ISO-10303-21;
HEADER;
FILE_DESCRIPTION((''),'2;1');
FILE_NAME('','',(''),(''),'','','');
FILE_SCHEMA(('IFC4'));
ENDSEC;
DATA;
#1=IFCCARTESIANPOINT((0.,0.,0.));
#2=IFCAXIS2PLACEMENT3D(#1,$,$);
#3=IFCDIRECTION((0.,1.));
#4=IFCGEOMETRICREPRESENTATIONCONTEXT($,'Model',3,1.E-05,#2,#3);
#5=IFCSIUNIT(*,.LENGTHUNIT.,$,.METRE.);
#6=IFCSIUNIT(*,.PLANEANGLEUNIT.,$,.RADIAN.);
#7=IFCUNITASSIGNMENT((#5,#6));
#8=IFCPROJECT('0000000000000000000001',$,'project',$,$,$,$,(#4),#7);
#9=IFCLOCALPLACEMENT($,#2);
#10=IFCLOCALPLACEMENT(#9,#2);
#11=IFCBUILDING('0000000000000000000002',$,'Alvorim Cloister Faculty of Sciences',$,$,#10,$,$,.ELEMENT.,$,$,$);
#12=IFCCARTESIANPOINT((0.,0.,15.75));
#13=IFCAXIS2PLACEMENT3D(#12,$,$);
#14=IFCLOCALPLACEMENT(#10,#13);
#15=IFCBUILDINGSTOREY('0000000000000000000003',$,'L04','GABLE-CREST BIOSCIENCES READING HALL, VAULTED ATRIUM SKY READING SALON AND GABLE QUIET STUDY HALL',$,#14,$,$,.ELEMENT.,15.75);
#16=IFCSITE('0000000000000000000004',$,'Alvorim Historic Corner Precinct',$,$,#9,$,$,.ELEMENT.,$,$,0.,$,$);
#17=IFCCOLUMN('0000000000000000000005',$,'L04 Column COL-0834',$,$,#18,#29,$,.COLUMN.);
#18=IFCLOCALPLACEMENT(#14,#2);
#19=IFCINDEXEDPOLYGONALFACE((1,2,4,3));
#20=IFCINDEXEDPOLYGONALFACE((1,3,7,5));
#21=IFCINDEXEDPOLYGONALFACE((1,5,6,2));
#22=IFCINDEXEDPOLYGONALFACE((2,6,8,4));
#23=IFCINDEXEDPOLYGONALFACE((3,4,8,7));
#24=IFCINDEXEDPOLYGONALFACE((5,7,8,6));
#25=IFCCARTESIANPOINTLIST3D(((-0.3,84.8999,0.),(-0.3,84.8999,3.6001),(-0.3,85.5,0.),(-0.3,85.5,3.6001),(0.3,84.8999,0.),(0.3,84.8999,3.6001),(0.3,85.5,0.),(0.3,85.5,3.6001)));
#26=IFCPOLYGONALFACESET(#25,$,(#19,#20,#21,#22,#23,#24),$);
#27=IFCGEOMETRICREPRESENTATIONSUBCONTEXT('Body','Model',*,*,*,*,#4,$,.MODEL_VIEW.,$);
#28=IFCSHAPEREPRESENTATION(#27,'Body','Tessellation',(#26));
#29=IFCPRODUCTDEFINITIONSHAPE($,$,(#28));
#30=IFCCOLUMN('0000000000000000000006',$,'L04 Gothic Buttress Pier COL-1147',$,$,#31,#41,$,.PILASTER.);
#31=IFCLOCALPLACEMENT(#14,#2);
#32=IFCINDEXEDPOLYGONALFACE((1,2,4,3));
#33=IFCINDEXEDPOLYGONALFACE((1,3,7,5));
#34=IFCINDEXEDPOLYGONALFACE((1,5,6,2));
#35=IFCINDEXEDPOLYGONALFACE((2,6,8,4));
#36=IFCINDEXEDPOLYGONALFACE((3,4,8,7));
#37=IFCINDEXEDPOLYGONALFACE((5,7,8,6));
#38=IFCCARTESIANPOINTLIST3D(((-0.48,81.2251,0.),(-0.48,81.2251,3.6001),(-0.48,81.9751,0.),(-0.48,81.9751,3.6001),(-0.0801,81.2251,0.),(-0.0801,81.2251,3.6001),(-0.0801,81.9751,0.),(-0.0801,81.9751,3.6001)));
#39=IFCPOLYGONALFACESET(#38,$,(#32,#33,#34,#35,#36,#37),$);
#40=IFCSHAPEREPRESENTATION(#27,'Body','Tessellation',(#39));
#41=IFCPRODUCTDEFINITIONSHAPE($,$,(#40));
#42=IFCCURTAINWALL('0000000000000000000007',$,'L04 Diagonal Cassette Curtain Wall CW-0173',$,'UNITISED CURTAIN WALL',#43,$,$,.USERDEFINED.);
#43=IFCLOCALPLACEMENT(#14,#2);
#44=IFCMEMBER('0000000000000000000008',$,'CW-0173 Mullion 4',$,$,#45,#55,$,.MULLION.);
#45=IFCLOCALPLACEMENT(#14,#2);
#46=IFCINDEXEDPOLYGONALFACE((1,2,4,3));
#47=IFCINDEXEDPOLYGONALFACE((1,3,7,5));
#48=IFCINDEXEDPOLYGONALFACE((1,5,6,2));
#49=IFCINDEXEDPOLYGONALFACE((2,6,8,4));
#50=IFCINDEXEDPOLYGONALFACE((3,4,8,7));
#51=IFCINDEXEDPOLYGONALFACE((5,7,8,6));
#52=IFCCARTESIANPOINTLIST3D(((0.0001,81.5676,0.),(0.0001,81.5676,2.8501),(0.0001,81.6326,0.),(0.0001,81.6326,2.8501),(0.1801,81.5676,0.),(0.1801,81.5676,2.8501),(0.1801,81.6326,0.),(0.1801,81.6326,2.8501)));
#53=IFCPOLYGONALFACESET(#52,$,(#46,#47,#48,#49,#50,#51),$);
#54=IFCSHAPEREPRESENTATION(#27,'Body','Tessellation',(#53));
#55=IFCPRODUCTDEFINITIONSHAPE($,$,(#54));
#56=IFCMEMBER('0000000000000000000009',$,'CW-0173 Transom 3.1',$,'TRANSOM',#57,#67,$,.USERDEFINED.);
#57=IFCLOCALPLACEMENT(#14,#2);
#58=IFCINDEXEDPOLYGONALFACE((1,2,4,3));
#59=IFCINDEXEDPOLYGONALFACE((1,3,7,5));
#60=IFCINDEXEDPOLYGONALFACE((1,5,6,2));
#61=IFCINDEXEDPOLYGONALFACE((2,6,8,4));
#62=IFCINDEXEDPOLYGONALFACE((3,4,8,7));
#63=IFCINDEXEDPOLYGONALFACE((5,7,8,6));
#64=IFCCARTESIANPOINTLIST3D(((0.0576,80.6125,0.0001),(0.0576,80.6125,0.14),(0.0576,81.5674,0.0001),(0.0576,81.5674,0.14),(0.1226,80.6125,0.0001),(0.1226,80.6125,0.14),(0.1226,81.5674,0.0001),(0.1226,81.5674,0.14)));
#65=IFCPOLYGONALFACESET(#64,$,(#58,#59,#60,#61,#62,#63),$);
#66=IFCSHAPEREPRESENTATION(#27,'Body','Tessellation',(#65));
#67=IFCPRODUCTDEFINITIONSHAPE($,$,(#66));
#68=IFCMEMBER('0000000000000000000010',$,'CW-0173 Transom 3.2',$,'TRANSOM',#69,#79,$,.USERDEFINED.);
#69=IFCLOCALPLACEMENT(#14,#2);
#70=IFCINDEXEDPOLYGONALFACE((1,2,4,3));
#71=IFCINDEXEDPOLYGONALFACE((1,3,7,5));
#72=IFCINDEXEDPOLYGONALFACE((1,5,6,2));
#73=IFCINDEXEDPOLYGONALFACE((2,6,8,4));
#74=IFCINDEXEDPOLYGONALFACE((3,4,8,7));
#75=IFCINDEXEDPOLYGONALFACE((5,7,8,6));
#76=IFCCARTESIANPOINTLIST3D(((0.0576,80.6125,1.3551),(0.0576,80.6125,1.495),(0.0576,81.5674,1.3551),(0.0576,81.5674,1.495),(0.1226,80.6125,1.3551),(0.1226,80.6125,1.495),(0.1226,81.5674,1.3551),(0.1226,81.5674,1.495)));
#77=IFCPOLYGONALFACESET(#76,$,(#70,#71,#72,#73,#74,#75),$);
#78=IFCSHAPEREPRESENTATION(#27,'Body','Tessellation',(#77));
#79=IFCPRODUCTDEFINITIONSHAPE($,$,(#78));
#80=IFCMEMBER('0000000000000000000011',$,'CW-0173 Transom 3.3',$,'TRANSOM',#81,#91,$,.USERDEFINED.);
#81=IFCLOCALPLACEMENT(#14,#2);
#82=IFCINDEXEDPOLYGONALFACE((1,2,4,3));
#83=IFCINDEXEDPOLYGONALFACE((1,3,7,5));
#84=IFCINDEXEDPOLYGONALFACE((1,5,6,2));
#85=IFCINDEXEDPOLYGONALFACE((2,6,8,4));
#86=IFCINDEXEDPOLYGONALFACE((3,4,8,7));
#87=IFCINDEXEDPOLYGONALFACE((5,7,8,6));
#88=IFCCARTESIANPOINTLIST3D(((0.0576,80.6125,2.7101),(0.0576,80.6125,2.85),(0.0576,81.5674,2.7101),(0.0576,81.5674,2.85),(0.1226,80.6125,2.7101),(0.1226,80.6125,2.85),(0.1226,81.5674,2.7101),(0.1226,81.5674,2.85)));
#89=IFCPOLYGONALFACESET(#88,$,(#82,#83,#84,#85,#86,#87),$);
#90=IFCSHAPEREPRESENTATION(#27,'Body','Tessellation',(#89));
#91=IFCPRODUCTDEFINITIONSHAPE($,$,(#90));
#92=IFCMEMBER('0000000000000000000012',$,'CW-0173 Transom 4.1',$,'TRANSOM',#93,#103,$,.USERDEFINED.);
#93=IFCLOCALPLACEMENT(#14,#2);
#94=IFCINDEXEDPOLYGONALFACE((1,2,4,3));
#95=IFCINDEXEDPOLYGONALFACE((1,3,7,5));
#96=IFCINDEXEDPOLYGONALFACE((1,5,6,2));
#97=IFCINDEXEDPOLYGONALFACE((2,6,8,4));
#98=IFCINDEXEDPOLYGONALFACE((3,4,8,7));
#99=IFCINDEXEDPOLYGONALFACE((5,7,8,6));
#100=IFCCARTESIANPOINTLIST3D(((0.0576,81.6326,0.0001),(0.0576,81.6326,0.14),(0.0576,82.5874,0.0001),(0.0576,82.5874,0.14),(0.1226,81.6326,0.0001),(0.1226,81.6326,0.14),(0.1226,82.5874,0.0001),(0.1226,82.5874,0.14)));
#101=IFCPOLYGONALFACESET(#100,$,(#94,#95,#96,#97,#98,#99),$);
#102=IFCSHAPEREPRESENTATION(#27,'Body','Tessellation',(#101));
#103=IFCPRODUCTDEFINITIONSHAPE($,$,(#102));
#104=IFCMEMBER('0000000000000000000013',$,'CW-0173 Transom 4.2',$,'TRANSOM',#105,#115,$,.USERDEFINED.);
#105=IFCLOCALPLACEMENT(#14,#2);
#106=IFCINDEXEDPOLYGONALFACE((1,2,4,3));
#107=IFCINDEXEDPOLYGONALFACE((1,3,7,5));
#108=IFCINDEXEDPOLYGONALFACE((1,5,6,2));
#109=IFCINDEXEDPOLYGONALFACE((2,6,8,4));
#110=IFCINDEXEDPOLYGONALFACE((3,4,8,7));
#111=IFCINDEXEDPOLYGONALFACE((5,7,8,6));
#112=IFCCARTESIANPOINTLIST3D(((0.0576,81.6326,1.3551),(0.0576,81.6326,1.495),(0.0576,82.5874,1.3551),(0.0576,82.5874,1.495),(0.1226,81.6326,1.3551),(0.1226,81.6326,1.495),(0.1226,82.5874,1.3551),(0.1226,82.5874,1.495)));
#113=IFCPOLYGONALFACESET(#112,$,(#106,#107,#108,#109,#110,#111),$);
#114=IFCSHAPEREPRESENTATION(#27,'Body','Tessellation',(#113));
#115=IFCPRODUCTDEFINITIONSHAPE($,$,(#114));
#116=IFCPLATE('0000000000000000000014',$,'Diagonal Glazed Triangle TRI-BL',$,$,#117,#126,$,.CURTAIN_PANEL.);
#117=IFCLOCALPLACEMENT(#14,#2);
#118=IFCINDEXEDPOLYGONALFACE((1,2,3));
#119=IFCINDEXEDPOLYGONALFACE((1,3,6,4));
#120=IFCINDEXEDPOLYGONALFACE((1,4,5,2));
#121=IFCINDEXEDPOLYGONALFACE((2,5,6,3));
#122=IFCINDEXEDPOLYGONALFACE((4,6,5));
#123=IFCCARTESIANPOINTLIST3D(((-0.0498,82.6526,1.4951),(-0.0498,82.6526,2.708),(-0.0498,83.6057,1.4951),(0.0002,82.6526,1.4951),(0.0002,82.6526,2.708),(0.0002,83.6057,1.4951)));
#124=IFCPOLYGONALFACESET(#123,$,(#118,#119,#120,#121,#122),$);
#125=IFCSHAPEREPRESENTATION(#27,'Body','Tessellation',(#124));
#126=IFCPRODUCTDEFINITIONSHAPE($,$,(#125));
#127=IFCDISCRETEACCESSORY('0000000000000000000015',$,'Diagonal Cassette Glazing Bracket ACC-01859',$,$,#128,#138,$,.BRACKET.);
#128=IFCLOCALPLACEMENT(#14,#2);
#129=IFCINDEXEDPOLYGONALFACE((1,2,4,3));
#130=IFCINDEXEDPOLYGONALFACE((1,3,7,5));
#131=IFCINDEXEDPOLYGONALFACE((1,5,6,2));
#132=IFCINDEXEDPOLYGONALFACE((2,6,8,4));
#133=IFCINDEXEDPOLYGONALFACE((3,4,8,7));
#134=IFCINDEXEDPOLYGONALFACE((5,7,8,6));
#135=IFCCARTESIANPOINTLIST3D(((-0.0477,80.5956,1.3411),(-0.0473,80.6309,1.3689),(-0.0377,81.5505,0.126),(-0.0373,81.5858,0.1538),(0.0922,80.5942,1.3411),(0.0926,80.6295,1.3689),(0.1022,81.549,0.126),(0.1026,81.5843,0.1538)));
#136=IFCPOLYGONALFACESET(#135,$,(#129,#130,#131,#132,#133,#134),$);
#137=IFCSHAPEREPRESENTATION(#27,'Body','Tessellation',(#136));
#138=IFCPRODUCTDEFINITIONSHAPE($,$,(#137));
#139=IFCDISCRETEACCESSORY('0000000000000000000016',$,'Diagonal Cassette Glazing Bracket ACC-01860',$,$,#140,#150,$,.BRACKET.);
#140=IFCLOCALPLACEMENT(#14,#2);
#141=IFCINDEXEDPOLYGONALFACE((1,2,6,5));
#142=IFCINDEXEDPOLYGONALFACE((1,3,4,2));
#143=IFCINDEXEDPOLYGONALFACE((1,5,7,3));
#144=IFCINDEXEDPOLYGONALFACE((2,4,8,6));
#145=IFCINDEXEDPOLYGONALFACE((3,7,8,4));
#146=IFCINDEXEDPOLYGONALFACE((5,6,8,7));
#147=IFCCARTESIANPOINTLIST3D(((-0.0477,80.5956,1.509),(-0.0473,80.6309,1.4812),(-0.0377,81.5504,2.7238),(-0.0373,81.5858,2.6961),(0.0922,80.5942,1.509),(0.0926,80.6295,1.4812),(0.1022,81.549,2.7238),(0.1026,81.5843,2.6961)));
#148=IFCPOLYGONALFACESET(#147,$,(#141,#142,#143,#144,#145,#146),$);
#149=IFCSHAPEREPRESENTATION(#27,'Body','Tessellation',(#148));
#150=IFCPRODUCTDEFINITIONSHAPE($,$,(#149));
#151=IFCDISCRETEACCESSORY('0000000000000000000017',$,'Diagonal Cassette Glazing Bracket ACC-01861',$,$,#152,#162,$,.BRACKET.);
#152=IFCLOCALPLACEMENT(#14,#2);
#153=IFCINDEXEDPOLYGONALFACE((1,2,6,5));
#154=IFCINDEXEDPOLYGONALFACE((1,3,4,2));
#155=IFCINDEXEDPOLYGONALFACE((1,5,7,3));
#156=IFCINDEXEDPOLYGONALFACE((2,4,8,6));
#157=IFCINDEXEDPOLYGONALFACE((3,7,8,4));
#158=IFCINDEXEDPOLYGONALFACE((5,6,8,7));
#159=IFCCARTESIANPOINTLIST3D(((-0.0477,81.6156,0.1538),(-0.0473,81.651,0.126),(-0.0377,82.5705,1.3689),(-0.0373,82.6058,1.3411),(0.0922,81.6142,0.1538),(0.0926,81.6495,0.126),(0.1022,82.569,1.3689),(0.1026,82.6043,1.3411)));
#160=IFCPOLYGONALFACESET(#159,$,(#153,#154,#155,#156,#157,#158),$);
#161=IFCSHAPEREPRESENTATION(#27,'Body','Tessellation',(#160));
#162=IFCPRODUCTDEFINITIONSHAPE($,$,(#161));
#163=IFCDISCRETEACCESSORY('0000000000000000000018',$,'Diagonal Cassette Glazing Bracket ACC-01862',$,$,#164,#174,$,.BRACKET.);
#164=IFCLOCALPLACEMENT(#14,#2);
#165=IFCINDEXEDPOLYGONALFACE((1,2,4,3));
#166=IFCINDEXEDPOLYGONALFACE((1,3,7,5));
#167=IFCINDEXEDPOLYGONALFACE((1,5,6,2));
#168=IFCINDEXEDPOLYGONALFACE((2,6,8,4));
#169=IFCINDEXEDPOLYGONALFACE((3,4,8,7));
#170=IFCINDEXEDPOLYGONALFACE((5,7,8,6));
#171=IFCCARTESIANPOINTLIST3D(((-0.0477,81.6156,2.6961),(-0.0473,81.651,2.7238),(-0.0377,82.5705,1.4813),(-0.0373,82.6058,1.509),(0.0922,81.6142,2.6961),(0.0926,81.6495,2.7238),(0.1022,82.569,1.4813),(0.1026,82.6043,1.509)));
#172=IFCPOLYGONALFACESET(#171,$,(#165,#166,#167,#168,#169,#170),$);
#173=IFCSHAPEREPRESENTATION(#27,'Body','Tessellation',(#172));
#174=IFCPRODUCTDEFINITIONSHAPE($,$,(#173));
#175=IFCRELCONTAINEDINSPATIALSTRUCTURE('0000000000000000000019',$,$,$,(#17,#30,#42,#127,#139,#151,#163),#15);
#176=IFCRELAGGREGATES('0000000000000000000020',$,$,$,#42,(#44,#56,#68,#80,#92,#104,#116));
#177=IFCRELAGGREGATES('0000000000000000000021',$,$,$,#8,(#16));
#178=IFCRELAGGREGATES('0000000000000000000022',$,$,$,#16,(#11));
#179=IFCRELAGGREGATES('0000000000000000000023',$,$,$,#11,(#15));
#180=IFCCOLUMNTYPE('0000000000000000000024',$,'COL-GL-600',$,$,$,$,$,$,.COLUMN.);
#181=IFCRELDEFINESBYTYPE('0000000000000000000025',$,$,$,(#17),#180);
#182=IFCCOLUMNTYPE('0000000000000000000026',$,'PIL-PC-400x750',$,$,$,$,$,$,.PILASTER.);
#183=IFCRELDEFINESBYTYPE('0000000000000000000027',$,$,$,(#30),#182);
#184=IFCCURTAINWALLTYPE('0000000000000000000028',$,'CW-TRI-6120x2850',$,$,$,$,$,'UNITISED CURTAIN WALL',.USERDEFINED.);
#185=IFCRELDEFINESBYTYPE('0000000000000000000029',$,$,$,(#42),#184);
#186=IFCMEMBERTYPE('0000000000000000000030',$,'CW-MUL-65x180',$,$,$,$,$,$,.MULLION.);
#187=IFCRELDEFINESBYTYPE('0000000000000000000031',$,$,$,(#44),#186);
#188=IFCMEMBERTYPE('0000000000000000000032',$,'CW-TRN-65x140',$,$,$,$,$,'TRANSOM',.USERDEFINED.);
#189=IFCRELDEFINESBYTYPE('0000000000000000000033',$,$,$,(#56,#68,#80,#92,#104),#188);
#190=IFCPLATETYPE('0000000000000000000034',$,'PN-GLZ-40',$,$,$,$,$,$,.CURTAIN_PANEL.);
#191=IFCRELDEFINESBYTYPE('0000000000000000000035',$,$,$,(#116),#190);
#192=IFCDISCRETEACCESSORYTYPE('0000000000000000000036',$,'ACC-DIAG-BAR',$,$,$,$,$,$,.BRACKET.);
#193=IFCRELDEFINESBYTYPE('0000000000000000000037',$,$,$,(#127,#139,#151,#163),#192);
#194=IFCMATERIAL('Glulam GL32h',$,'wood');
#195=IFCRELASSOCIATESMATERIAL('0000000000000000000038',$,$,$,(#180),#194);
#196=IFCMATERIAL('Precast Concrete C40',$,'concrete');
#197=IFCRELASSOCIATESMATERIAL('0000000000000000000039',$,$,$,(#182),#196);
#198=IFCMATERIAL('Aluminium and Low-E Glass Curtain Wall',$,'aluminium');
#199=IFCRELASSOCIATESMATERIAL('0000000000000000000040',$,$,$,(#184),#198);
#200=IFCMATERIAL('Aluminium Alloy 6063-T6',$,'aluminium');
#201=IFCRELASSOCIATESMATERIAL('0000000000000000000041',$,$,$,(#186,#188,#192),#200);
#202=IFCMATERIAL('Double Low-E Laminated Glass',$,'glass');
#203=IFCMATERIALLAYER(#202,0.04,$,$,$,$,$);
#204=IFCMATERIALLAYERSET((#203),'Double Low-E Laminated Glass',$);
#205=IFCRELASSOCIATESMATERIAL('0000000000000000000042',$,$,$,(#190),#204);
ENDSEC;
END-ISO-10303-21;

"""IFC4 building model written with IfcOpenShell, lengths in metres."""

from ifc_helpers import new_model, si_unit, direction, frame, origin, origin_2d, place, context, subcontext, project, spatial, polyline, rectangle, outline, extrude, material, layer, layer_set, material_profile, profile_set, type_object, element, aggregate, save


model = new_model("IFC4")

# Units and contexts
model_context = context("Model", 3, precision=1e-05, world=origin(), true_north=direction((0.0, 1.0)))
body_context = subcontext(model_context, "Body", "Model", "MODEL_VIEW")
ifc_project = project(units=[si_unit("LENGTHUNIT", "METRE"), si_unit("PLANEANGLEUNIT", "RADIAN")], contexts=[model_context])

# Site, building, storey
site_placement = place(None, origin())
site = spatial("IfcSite", under=ifc_project, at=site_placement, Name="Alvorim Historic Corner Precinct", CompositionType="ELEMENT", RefElevation=0.0)
building_placement = place(site_placement, origin())
building = spatial("IfcBuilding", under=site, at=building_placement, Name="Alvorim Cloister Faculty of Sciences", CompositionType="ELEMENT")
storey_placement = place(building_placement, frame((0.0, 0.0, 15.75)))
storey = spatial("IfcBuildingStorey", under=building, at=storey_placement, Name="L04", Description="GABLE-CREST BIOSCIENCES READING HALL, VAULTED ATRIUM SKY READING SALON AND GABLE QUIET STUDY HALL", CompositionType="ELEMENT", Elevation=15.75)

# Columns
ifc_material_1 = material(Name="Glulam GL32h", Category="wood")
ifc_material_profile_1 = material_profile(ifc_material_1, rectangle(XDim=0.6001, YDim=0.6001, at=origin_2d()), Name="GL32-COL-600x600")
ifc_profile_set_1 = profile_set([ifc_material_profile_1], Name="Glulam GL32h")
column_type_1 = type_object("IfcColumnType", Name="COL-GL-600", PredefinedType="COLUMN", material=ifc_profile_set_1)
column_1_placement = place(storey_placement, frame((0.0, 85.2, 0.0), z_axis=(0.0, 0.0, 1.0), x_axis=(1.0, 0.0, 0.0)))
element("IfcColumn", 1, at=column_1_placement, inside=storey, type_object=column_type_1, Name="L04 Column COL-0834", PredefinedType="COLUMN", context=body_context, shape_type="SweptSolid", body=[
    extrude(rectangle(XDim=0.6001, YDim=0.6001, at=origin_2d()), origin(), (0.0, 0.0, 1.0), 3.6001),
])
ifc_material_2 = material(Name="Precast Concrete C40", Category="concrete")
ifc_material_profile_2 = material_profile(ifc_material_2, rectangle(XDim=0.3999, YDim=0.75, at=origin_2d()), Name="RC40-PIL-400x750")
ifc_profile_set_2 = profile_set([ifc_material_profile_2], Name="Precast Concrete C40")
column_type_2 = type_object("IfcColumnType", Name="PIL-PC-400x750", PredefinedType="PILASTER", material=ifc_profile_set_2)
column_2_placement = place(storey_placement, frame((-0.28, 81.6001, 0.0), z_axis=(0.0, 0.0, 1.0), x_axis=(1.0, 0.0, 0.0)))
element("IfcColumn", 2, at=column_2_placement, inside=storey, type_object=column_type_2, Name="L04 Gothic Buttress Pier COL-1147", PredefinedType="PILASTER", context=body_context, shape_type="SweptSolid", body=[
    extrude(rectangle(XDim=0.3999, YDim=0.75, at=origin_2d()), origin(), (0.0, 0.0, 1.0), 3.6001),
])

# Curtain wall, members, plate
ifc_material_3 = material(Name="Aluminium and Low-E Glass Curtain Wall", Category="aluminium")
curtain_wall_type = type_object("IfcCurtainWallType", Name="CW-TRI-6120x2850", ElementType="UNITISED CURTAIN WALL", PredefinedType="USERDEFINED", material=ifc_material_3)
curtain_wall_placement = place(storey_placement, origin())
curtain_wall = element("IfcCurtainWall", 3, at=curtain_wall_placement, inside=storey, type_object=curtain_wall_type, Name="L04 Diagonal Cassette Curtain Wall CW-0173", ObjectType="UNITISED CURTAIN WALL", PredefinedType="USERDEFINED")
ifc_material_4 = material(Name="Aluminium Alloy 6063-T6", Category="aluminium")
ifc_material_profile_3 = material_profile(ifc_material_4, rectangle(XDim=0.0649, YDim=0.1799, at=origin_2d()), Name="ALU-MUL-65x180")
ifc_profile_set_3 = profile_set([ifc_material_profile_3], Name="Aluminium Alloy 6063-T6")
member_type_1 = type_object("IfcMemberType", Name="CW-MUL-65x180", PredefinedType="MULLION", material=ifc_profile_set_3)
member_1_placement = place(storey_placement, frame((0.0901, 81.6001, 0.0), z_axis=(0.0, 0.0, 1.0), x_axis=(0.0, 1.0, 0.0)))
member_1 = element("IfcMember", 4, at=member_1_placement, type_object=member_type_1, Name="CW-0173 Mullion 4", PredefinedType="MULLION", context=body_context, shape_type="SweptSolid", body=[
    extrude(rectangle(XDim=0.0649, YDim=0.1799, at=origin_2d()), origin(), (0.0, 0.0, 1.0), 2.8501),
])
ifc_material_profile_4 = material_profile(ifc_material_4, rectangle(XDim=0.0649, YDim=0.1399, at=origin_2d()), Name="ALU-TRN-65x140")
ifc_profile_set_4 = profile_set([ifc_material_profile_4], Name="Aluminium Alloy 6063-T6")
member_type_2 = type_object("IfcMemberType", Name="CW-TRN-65x140", ElementType="TRANSOM", PredefinedType="USERDEFINED", material=ifc_profile_set_4)
member_2_placement = place(storey_placement, frame((0.0901, 80.6125, 0.0701), z_axis=(0.0, 1.0, 0.0), x_axis=(-1.0, 0.0, 0.0)))
member_2 = element("IfcMember", 5, at=member_2_placement, type_object=member_type_2, Name="CW-0173 Transom 3.1", ObjectType="TRANSOM", PredefinedType="USERDEFINED", context=body_context, shape_type="SweptSolid", body=[
    extrude(rectangle(XDim=0.0649, YDim=0.1399, at=origin_2d()), origin(), (0.0, 0.0, 1.0), 0.9548),
])
member_3_placement = place(storey_placement, frame((0.0901, 80.6125, 1.425), z_axis=(0.0, 1.0, 0.0), x_axis=(-1.0, 0.0, 0.0)))
member_3 = element("IfcMember", 6, at=member_3_placement, type_object=member_type_2, Name="CW-0173 Transom 3.2", ObjectType="TRANSOM", PredefinedType="USERDEFINED", context=body_context, shape_type="SweptSolid", body=[
    extrude(rectangle(XDim=0.0649, YDim=0.1399, at=origin_2d()), origin(), (0.0, 0.0, 1.0), 0.9548),
])
member_4_placement = place(storey_placement, frame((0.0901, 80.6125, 2.78), z_axis=(0.0, 1.0, 0.0), x_axis=(-1.0, 0.0, 0.0)))
member_4 = element("IfcMember", 7, at=member_4_placement, type_object=member_type_2, Name="CW-0173 Transom 3.3", ObjectType="TRANSOM", PredefinedType="USERDEFINED", context=body_context, shape_type="SweptSolid", body=[
    extrude(rectangle(XDim=0.0649, YDim=0.1399, at=origin_2d()), origin(), (0.0, 0.0, 1.0), 0.9548),
])
member_5_placement = place(storey_placement, frame((0.0901, 81.6326, 0.0701), z_axis=(0.0, 1.0, 0.0), x_axis=(-1.0, 0.0, 0.0)))
member_5 = element("IfcMember", 8, at=member_5_placement, type_object=member_type_2, Name="CW-0173 Transom 4.1", ObjectType="TRANSOM", PredefinedType="USERDEFINED", context=body_context, shape_type="SweptSolid", body=[
    extrude(rectangle(XDim=0.0649, YDim=0.1399, at=origin_2d()), origin(), (0.0, 0.0, 1.0), 0.9548),
])
member_6_placement = place(storey_placement, frame((0.0901, 81.6326, 1.425), z_axis=(0.0, 1.0, 0.0), x_axis=(-1.0, 0.0, 0.0)))
member_6 = element("IfcMember", 9, at=member_6_placement, type_object=member_type_2, Name="CW-0173 Transom 4.2", ObjectType="TRANSOM", PredefinedType="USERDEFINED", context=body_context, shape_type="SweptSolid", body=[
    extrude(rectangle(XDim=0.0649, YDim=0.1399, at=origin_2d()), origin(), (0.0, 0.0, 1.0), 0.9548),
])
ifc_material_5 = material(Name="Double Low-E Laminated Glass", Category="glass")
ifc_layer = layer(ifc_material_5, 0.04)
ifc_layer_set = layer_set([ifc_layer], Name="Double Low-E Laminated Glass")
plate_type = type_object("IfcPlateType", Name="PN-GLZ-40", PredefinedType="CURTAIN_PANEL", material=ifc_layer_set)
plate_1_placement = place(storey_placement, frame((-0.0249, 82.6526, 1.4951), z_axis=(0.0, 0.0, 1.0), x_axis=(0.0, 1.0, 0.0)))
plate_1 = element("IfcPlate", 10, at=plate_1_placement, type_object=plate_type, Name="Diagonal Glazed Triangle TRI-BL", PredefinedType="CURTAIN_PANEL", context=body_context, shape_type="SweptSolid", body=[
    extrude(outline(polyline([(0.0, 0.0), (0.9531, 0.0), (0.0, 1.2129), (0.0, 0.0)])), frame((0.0, 0.0249, 0.0), z_axis=(0.0, -1.0, 0.0), x_axis=(1.0, 0.0, 0.0)), (0.0, 0.0, 1.0), 0.05),
])
aggregate(curtain_wall, [member_1, member_2, member_3, member_4, member_5, member_6, plate_1])

# Discrete accessories
discrete_accessory_type = type_object("IfcDiscreteAccessoryType", Name="ACC-DIAG-BAR", PredefinedType="BRACKET", material=ifc_material_4)
discrete_accessory_1_placement = place(storey_placement, frame((0.0225, 80.6125, 1.355), z_axis=(0.006477, 0.617857, -0.786263), x_axis=(-0.999945, 0.010483, 0.0)))
element("IfcDiscreteAccessory", 11, at=discrete_accessory_1_placement, inside=storey, type_object=discrete_accessory_type, Name="Diagonal Cassette Glazing Bracket ACC-01859", PredefinedType="BRACKET", context=body_context, shape_type="SweptSolid", body=[
    extrude(rectangle(XDim=0.1399, YDim=0.0449, at=origin_2d()), origin(), (0.0, 0.0, 1.0), 1.5454),
])
discrete_accessory_2_placement = place(storey_placement, frame((0.0225, 80.6125, 1.4951), z_axis=(0.006478, 0.617934, 0.786203), x_axis=(-0.999945, 0.010483, 0.0)))
element("IfcDiscreteAccessory", 12, at=discrete_accessory_2_placement, inside=storey, type_object=discrete_accessory_type, Name="Diagonal Cassette Glazing Bracket ACC-01860", PredefinedType="BRACKET", context=body_context, shape_type="SweptSolid", body=[
    extrude(rectangle(XDim=0.1399, YDim=0.0449, at=origin_2d()), origin(), (0.0, 0.0, 1.0), 1.5452),
])
discrete_accessory_3_placement = place(storey_placement, frame((0.0225, 81.6326, 0.1399), z_axis=(0.006477, 0.617857, 0.786263), x_axis=(-0.999945, 0.010483, 0.0)))
element("IfcDiscreteAccessory", 13, at=discrete_accessory_3_placement, inside=storey, type_object=discrete_accessory_type, Name="Diagonal Cassette Glazing Bracket ACC-01861", PredefinedType="BRACKET", context=body_context, shape_type="SweptSolid", body=[
    extrude(rectangle(XDim=0.1399, YDim=0.0449, at=origin_2d()), origin(), (0.0, 0.0, 1.0), 1.5454),
])
discrete_accessory_4_placement = place(storey_placement, frame((0.0225, 81.6326, 2.71), z_axis=(0.006478, 0.617934, -0.786203), x_axis=(-0.999945, 0.010483, 0.0)))
element("IfcDiscreteAccessory", 14, at=discrete_accessory_4_placement, inside=storey, type_object=discrete_accessory_type, Name="Diagonal Cassette Glazing Bracket ACC-01862", PredefinedType="BRACKET", context=body_context, shape_type="SweptSolid", body=[
    extrude(rectangle(XDim=0.1399, YDim=0.0449, at=origin_2d()), origin(), (0.0, 0.0, 1.0), 1.5452),
])

save(model, "model.ifc")
